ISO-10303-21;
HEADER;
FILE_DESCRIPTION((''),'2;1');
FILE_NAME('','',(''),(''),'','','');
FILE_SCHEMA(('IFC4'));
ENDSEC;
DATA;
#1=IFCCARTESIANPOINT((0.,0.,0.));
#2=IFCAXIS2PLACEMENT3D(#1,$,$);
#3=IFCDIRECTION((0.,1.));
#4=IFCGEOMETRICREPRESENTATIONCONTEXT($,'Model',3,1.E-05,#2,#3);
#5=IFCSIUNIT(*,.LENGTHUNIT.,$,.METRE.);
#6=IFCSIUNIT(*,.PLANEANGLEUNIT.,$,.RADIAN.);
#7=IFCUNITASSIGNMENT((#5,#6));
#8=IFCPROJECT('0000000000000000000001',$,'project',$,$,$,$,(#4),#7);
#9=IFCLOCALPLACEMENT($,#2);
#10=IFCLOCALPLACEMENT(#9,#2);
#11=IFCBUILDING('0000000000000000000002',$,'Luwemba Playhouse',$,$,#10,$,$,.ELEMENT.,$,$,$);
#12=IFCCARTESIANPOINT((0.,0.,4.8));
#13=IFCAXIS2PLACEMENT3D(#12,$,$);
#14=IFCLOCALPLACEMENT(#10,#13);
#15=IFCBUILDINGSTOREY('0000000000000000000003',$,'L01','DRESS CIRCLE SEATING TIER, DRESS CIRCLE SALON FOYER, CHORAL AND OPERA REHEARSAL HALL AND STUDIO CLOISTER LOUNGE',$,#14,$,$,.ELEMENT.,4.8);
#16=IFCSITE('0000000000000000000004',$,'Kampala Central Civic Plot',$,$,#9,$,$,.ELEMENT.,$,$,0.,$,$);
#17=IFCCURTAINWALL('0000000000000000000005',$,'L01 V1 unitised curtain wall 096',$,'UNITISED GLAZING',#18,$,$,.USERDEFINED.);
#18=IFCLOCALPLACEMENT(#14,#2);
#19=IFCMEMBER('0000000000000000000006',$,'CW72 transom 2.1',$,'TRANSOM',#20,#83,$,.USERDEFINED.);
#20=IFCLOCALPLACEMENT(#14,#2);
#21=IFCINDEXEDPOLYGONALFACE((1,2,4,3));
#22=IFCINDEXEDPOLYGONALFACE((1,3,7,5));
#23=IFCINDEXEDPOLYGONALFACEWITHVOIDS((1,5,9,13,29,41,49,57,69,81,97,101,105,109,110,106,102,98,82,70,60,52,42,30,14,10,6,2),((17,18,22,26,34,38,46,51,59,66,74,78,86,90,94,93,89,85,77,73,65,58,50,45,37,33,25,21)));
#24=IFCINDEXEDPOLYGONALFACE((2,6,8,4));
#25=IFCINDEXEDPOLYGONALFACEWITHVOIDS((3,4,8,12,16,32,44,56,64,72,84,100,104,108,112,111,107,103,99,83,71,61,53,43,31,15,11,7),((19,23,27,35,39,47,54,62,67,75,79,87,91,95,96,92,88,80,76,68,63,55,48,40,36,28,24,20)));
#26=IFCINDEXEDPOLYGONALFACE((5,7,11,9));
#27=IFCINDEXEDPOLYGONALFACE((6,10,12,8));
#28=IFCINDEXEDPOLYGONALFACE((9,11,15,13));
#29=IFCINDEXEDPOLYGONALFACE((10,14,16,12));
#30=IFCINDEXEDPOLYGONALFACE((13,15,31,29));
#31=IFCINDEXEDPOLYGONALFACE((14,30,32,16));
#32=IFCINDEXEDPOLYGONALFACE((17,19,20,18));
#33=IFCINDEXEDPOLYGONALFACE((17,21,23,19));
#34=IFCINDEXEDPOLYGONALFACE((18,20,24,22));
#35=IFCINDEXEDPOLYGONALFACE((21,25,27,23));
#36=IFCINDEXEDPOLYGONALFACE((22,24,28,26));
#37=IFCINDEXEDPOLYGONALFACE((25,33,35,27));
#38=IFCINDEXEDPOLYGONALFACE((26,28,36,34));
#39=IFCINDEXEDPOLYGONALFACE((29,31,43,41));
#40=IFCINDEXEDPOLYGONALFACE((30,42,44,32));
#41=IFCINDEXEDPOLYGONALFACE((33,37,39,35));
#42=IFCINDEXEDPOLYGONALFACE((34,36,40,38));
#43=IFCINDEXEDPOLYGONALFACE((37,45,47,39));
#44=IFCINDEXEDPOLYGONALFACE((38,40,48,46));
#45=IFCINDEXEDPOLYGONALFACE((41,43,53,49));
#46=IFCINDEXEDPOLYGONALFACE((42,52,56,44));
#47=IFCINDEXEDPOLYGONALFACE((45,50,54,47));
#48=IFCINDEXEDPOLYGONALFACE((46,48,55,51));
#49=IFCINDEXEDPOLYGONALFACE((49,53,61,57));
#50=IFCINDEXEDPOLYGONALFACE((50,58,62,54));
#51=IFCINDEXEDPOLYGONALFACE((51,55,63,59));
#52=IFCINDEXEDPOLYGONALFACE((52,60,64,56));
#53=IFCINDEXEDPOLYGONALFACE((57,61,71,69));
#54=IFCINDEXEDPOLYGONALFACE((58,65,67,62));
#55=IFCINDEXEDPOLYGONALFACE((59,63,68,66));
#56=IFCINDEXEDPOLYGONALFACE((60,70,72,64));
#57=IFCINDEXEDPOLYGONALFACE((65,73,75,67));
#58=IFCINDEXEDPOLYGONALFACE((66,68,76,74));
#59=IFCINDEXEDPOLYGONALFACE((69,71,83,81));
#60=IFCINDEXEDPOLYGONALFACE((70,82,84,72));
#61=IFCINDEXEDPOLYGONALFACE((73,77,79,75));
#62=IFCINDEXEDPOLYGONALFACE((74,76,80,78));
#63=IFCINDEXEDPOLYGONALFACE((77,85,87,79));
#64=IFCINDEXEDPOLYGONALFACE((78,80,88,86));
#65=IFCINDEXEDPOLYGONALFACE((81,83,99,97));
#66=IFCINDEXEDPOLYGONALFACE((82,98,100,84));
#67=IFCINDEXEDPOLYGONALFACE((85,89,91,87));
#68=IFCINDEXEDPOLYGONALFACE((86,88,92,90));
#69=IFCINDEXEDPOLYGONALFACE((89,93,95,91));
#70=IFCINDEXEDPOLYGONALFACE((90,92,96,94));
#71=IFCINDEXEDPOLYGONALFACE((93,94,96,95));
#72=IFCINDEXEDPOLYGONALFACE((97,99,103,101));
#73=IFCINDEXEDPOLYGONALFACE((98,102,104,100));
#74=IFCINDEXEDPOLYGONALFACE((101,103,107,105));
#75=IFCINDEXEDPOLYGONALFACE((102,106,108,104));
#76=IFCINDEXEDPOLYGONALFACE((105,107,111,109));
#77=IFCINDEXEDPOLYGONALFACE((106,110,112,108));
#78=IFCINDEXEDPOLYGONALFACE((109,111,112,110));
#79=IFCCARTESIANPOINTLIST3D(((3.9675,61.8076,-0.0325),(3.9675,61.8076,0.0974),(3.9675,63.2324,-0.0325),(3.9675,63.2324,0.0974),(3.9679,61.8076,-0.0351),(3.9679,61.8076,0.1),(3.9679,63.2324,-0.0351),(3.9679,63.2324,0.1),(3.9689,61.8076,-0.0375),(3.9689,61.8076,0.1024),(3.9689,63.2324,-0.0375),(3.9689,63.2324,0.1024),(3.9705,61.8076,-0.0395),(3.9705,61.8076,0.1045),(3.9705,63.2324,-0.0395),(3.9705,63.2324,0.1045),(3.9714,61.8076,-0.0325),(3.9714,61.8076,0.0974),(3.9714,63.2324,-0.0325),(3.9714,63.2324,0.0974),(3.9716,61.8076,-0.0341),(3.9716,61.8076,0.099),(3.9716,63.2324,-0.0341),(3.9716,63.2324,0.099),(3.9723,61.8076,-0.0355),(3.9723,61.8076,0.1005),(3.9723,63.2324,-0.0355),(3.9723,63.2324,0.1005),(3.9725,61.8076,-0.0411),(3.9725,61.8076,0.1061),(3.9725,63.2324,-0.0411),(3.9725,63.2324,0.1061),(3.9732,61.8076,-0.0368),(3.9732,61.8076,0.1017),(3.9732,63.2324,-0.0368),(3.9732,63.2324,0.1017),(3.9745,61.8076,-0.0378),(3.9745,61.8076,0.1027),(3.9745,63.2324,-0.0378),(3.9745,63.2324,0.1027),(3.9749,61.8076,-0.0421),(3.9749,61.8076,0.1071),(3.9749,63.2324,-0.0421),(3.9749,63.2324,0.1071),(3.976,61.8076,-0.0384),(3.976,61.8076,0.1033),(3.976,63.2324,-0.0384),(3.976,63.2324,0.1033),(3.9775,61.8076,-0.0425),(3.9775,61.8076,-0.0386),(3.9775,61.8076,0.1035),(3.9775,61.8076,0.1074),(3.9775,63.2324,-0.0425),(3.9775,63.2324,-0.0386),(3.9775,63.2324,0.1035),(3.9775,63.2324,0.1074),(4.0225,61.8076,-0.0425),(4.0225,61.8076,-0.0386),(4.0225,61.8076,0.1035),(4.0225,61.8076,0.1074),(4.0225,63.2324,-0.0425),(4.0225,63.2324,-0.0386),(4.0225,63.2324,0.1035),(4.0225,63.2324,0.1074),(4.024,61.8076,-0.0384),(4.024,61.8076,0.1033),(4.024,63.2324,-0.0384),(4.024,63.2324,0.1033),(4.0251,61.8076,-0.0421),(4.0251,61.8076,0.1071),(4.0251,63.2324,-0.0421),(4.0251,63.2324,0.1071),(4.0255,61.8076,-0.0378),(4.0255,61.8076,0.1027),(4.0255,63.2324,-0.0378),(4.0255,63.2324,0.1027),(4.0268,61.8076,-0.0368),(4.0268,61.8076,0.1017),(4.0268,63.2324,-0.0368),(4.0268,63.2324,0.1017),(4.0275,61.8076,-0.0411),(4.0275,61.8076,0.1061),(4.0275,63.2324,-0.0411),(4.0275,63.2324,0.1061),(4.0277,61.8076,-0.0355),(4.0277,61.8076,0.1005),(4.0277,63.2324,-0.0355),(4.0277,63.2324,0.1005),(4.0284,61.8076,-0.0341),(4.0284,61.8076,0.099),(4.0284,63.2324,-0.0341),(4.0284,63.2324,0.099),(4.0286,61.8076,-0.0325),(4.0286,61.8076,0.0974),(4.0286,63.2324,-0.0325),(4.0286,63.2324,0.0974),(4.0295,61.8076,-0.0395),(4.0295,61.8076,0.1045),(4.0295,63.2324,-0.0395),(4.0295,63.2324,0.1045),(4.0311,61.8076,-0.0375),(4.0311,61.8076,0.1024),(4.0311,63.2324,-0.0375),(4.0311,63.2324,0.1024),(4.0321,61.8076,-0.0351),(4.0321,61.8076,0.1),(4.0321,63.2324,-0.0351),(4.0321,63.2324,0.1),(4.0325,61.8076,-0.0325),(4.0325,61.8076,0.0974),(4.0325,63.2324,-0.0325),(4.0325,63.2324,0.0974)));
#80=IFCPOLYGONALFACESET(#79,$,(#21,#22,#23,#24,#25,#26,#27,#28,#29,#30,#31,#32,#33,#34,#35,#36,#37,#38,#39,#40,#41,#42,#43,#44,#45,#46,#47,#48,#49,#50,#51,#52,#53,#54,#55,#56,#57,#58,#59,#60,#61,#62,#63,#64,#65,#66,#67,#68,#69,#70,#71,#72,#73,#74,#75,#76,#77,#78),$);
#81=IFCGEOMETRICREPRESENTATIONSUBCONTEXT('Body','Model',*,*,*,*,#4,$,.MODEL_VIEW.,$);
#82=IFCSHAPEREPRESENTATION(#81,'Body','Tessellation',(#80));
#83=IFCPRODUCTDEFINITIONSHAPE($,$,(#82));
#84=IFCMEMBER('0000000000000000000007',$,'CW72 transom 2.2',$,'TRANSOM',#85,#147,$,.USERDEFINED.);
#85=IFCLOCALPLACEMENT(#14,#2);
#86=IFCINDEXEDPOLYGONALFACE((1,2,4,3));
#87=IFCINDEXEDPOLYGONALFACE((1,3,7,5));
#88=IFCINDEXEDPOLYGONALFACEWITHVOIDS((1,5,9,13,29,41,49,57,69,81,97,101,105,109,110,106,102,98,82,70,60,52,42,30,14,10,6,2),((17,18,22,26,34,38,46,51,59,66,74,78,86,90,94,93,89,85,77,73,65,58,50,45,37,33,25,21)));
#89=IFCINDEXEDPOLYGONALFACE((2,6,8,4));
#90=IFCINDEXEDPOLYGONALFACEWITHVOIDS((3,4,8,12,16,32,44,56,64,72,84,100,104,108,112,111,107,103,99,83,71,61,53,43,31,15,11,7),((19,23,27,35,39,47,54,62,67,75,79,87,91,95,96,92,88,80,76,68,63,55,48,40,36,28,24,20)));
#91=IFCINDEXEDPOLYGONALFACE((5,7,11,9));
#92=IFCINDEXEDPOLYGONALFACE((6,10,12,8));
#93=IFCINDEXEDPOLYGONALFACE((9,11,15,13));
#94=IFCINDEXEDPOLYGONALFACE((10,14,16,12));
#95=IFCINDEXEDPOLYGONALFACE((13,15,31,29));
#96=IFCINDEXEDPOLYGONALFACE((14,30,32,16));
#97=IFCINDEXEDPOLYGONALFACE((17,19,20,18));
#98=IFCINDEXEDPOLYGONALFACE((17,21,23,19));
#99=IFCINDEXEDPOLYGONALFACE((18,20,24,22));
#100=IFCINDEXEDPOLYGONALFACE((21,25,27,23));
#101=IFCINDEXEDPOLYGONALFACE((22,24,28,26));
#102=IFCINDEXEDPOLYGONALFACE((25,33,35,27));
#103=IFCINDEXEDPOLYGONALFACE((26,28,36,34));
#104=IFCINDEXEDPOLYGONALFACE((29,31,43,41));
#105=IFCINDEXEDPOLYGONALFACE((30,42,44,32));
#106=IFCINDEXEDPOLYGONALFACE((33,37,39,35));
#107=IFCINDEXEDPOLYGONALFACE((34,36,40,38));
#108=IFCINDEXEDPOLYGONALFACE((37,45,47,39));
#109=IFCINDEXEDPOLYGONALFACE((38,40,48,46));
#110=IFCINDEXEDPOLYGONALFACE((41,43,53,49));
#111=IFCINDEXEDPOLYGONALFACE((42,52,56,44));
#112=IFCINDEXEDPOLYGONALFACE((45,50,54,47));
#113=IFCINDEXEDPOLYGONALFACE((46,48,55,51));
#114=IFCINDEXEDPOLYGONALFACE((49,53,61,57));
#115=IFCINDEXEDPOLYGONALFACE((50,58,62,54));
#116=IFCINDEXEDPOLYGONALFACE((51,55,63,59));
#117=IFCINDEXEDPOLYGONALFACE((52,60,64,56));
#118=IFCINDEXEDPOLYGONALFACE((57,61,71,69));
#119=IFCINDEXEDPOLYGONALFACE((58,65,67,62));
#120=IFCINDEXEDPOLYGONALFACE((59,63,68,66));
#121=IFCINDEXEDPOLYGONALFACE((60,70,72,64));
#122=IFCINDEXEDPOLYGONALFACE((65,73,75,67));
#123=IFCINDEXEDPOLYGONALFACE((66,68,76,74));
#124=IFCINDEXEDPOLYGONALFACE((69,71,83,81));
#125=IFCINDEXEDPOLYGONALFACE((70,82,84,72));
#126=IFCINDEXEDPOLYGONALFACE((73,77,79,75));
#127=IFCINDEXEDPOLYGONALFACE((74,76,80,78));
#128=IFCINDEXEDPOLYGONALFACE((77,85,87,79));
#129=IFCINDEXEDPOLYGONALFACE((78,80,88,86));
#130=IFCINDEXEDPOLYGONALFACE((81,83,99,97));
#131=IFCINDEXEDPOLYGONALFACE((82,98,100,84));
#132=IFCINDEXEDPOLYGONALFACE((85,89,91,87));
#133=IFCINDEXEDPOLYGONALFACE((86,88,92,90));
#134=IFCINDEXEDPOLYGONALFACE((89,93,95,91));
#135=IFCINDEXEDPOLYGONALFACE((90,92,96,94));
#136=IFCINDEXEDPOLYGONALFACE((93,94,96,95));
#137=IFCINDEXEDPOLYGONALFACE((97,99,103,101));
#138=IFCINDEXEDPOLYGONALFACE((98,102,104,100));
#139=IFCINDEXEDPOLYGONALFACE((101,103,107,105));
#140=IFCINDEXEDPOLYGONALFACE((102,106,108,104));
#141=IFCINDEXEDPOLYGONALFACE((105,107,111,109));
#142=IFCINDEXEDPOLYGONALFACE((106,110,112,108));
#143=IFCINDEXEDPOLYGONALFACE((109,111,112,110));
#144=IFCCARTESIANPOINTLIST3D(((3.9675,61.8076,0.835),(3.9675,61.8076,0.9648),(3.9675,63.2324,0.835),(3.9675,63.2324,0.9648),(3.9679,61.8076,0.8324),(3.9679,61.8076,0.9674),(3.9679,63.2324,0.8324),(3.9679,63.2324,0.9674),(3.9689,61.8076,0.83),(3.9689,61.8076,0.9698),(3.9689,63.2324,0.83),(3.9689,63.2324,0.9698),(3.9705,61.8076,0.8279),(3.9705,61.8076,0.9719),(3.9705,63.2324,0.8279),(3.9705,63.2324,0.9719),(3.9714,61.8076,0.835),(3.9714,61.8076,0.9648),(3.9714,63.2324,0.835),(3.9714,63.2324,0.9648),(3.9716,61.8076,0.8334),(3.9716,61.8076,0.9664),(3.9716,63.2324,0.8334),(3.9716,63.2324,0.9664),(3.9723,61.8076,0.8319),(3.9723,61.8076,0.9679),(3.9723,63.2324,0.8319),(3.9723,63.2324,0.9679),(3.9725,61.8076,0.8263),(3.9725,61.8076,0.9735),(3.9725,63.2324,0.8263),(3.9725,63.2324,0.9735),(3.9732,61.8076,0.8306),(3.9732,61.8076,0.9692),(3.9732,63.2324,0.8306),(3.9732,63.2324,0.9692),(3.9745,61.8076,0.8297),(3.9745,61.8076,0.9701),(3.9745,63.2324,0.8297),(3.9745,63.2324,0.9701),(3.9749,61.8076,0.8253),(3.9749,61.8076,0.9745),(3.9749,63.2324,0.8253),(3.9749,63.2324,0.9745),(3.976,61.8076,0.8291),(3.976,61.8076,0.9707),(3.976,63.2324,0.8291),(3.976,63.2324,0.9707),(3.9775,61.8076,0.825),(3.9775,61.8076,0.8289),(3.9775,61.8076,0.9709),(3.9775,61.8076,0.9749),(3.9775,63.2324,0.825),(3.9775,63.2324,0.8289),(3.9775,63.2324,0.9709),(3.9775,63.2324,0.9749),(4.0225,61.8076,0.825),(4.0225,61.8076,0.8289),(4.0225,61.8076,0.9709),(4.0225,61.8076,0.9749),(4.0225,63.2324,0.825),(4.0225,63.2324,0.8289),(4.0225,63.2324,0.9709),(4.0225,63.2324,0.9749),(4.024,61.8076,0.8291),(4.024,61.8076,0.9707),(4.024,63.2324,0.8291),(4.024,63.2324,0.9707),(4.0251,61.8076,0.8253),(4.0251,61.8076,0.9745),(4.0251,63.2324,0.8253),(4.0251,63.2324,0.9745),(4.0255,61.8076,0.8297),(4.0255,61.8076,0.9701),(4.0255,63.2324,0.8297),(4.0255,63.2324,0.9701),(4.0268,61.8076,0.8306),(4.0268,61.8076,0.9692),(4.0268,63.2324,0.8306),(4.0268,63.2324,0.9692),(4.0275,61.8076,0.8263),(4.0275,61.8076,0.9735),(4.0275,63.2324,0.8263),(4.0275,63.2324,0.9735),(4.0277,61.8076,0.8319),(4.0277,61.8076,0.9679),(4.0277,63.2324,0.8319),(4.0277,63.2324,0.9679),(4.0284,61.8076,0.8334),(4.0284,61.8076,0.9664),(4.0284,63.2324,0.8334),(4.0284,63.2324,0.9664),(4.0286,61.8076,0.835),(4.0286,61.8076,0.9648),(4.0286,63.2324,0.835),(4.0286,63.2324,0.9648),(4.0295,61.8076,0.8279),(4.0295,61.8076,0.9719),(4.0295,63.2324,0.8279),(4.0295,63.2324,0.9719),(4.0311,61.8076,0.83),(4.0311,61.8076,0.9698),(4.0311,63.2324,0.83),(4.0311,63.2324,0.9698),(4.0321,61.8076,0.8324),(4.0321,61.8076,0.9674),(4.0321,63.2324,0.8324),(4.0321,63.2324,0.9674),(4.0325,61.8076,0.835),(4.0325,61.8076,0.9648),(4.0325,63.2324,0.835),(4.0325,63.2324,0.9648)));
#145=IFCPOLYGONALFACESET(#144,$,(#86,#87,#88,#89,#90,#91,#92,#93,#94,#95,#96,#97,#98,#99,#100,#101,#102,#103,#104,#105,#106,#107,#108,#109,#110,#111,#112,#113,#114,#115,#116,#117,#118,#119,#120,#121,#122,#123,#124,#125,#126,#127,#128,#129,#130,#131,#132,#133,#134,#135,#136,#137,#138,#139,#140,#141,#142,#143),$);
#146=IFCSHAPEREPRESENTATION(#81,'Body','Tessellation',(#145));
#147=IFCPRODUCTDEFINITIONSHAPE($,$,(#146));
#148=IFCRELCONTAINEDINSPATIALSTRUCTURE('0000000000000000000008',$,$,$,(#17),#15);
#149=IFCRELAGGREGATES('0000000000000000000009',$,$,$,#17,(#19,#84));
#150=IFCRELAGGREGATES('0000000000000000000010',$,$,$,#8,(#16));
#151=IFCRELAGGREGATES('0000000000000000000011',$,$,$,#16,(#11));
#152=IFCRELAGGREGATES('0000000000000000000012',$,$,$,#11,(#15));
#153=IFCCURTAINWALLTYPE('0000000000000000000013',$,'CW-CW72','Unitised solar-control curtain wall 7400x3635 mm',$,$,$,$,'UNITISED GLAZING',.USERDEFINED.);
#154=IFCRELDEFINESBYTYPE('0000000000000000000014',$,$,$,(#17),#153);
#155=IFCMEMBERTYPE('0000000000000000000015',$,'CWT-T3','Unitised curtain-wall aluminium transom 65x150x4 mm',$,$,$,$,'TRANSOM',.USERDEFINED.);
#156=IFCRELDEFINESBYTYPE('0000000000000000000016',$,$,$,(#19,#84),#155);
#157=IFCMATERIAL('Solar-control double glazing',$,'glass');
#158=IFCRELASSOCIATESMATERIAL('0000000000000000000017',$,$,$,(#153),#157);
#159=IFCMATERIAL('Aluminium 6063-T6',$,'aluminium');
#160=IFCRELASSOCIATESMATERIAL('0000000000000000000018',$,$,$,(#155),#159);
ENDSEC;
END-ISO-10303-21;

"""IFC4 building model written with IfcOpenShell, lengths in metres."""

from ifc_helpers import new_model, si_unit, direction, frame, origin, origin_2d, place, context, subcontext, project, spatial, hollow_rectangle, extrude, material, material_profile, profile_set, type_object, element, aggregate, save


model = new_model("IFC4")

# Units and contexts
model_context = context("Model", 3, precision=1e-05, world=origin(), true_north=direction((0.0, 1.0)))
body_context = subcontext(model_context, "Body", "Model", "MODEL_VIEW")
ifc_project = project(units=[si_unit("LENGTHUNIT", "METRE"), si_unit("PLANEANGLEUNIT", "RADIAN")], contexts=[model_context])

# Site, building, storey
site_placement = place(None, origin())
site = spatial("IfcSite", under=ifc_project, at=site_placement, Name="Kampala Central Civic Plot", CompositionType="ELEMENT", RefElevation=0.0)
building_placement = place(site_placement, origin())
building = spatial("IfcBuilding", under=site, at=building_placement, Name="Luwemba Playhouse", CompositionType="ELEMENT")
storey_placement = place(building_placement, frame((0.0, 0.0, 4.8)))
storey = spatial("IfcBuildingStorey", under=building, at=storey_placement, Name="L01", Description="DRESS CIRCLE SEATING TIER, DRESS CIRCLE SALON FOYER, CHORAL AND OPERA REHEARSAL HALL AND STUDIO CLOISTER LOUNGE", CompositionType="ELEMENT", Elevation=4.8)

# Curtain wall, members
ifc_material_1 = material(Name="Solar-control double glazing", Category="glass")
curtain_wall_type = type_object("IfcCurtainWallType", Name="CW-CW72", Description="Unitised solar-control curtain wall 7400x3635 mm", ElementType="UNITISED GLAZING", PredefinedType="USERDEFINED", material=ifc_material_1)
curtain_wall_placement = place(storey_placement, origin())
curtain_wall = element("IfcCurtainWall", 1, at=curtain_wall_placement, inside=storey, type_object=curtain_wall_type, Name="L01 V1 unitised curtain wall 096", ObjectType="UNITISED GLAZING", PredefinedType="USERDEFINED")
ifc_material_2 = material(Name="Aluminium 6063-T6", Category="aluminium")
ifc_material_profile_1 = material_profile(ifc_material_2, hollow_rectangle(XDim=0.0649, YDim=0.1499, WallThickness=0.0039, InnerFilletRadius=0.0061, OuterFilletRadius=0.01, at=origin_2d()))
ifc_profile_set_1 = profile_set([ifc_material_profile_1], Name="Aluminium 6063-T6")
member_type_1 = type_object("IfcMemberType", Name="CWT-T3", Description="Unitised curtain-wall aluminium transom 65x150x4 mm", ElementType="TRANSOM", PredefinedType="USERDEFINED", material=ifc_profile_set_1)
member_1_placement = place(storey_placement, frame((4.0, 61.8076, 0.0325), z_axis=(0.0, 1.0, 0.0), x_axis=(-1.0, 0.0, 0.0)))
member_1 = element("IfcMember", 2, at=member_1_placement, type_object=member_type_1, Name="CW72 transom 2.1", ObjectType="TRANSOM", PredefinedType="USERDEFINED", context=body_context, shape_type="SweptSolid", body=[
    extrude(hollow_rectangle(XDim=0.0649, YDim=0.1499, WallThickness=0.0039, InnerFilletRadius=0.0061, OuterFilletRadius=0.01, at=origin_2d()), origin(), (0.0, 0.0, 1.0), 1.4248),
])
member_2_placement = place(storey_placement, frame((4.0, 61.8076, 0.8999), z_axis=(0.0, 1.0, 0.0), x_axis=(-1.0, 0.0, 0.0)))
member_2 = element("IfcMember", 3, at=member_2_placement, type_object=member_type_1, Name="CW72 transom 2.2", ObjectType="TRANSOM", PredefinedType="USERDEFINED", context=body_context, shape_type="SweptSolid", body=[
    extrude(hollow_rectangle(XDim=0.0649, YDim=0.1499, WallThickness=0.0039, InnerFilletRadius=0.0061, OuterFilletRadius=0.01, at=origin_2d()), origin(), (0.0, 0.0, 1.0), 1.4248),
])
aggregate(curtain_wall, [member_1, member_2])

save(model, "model.ifc")
